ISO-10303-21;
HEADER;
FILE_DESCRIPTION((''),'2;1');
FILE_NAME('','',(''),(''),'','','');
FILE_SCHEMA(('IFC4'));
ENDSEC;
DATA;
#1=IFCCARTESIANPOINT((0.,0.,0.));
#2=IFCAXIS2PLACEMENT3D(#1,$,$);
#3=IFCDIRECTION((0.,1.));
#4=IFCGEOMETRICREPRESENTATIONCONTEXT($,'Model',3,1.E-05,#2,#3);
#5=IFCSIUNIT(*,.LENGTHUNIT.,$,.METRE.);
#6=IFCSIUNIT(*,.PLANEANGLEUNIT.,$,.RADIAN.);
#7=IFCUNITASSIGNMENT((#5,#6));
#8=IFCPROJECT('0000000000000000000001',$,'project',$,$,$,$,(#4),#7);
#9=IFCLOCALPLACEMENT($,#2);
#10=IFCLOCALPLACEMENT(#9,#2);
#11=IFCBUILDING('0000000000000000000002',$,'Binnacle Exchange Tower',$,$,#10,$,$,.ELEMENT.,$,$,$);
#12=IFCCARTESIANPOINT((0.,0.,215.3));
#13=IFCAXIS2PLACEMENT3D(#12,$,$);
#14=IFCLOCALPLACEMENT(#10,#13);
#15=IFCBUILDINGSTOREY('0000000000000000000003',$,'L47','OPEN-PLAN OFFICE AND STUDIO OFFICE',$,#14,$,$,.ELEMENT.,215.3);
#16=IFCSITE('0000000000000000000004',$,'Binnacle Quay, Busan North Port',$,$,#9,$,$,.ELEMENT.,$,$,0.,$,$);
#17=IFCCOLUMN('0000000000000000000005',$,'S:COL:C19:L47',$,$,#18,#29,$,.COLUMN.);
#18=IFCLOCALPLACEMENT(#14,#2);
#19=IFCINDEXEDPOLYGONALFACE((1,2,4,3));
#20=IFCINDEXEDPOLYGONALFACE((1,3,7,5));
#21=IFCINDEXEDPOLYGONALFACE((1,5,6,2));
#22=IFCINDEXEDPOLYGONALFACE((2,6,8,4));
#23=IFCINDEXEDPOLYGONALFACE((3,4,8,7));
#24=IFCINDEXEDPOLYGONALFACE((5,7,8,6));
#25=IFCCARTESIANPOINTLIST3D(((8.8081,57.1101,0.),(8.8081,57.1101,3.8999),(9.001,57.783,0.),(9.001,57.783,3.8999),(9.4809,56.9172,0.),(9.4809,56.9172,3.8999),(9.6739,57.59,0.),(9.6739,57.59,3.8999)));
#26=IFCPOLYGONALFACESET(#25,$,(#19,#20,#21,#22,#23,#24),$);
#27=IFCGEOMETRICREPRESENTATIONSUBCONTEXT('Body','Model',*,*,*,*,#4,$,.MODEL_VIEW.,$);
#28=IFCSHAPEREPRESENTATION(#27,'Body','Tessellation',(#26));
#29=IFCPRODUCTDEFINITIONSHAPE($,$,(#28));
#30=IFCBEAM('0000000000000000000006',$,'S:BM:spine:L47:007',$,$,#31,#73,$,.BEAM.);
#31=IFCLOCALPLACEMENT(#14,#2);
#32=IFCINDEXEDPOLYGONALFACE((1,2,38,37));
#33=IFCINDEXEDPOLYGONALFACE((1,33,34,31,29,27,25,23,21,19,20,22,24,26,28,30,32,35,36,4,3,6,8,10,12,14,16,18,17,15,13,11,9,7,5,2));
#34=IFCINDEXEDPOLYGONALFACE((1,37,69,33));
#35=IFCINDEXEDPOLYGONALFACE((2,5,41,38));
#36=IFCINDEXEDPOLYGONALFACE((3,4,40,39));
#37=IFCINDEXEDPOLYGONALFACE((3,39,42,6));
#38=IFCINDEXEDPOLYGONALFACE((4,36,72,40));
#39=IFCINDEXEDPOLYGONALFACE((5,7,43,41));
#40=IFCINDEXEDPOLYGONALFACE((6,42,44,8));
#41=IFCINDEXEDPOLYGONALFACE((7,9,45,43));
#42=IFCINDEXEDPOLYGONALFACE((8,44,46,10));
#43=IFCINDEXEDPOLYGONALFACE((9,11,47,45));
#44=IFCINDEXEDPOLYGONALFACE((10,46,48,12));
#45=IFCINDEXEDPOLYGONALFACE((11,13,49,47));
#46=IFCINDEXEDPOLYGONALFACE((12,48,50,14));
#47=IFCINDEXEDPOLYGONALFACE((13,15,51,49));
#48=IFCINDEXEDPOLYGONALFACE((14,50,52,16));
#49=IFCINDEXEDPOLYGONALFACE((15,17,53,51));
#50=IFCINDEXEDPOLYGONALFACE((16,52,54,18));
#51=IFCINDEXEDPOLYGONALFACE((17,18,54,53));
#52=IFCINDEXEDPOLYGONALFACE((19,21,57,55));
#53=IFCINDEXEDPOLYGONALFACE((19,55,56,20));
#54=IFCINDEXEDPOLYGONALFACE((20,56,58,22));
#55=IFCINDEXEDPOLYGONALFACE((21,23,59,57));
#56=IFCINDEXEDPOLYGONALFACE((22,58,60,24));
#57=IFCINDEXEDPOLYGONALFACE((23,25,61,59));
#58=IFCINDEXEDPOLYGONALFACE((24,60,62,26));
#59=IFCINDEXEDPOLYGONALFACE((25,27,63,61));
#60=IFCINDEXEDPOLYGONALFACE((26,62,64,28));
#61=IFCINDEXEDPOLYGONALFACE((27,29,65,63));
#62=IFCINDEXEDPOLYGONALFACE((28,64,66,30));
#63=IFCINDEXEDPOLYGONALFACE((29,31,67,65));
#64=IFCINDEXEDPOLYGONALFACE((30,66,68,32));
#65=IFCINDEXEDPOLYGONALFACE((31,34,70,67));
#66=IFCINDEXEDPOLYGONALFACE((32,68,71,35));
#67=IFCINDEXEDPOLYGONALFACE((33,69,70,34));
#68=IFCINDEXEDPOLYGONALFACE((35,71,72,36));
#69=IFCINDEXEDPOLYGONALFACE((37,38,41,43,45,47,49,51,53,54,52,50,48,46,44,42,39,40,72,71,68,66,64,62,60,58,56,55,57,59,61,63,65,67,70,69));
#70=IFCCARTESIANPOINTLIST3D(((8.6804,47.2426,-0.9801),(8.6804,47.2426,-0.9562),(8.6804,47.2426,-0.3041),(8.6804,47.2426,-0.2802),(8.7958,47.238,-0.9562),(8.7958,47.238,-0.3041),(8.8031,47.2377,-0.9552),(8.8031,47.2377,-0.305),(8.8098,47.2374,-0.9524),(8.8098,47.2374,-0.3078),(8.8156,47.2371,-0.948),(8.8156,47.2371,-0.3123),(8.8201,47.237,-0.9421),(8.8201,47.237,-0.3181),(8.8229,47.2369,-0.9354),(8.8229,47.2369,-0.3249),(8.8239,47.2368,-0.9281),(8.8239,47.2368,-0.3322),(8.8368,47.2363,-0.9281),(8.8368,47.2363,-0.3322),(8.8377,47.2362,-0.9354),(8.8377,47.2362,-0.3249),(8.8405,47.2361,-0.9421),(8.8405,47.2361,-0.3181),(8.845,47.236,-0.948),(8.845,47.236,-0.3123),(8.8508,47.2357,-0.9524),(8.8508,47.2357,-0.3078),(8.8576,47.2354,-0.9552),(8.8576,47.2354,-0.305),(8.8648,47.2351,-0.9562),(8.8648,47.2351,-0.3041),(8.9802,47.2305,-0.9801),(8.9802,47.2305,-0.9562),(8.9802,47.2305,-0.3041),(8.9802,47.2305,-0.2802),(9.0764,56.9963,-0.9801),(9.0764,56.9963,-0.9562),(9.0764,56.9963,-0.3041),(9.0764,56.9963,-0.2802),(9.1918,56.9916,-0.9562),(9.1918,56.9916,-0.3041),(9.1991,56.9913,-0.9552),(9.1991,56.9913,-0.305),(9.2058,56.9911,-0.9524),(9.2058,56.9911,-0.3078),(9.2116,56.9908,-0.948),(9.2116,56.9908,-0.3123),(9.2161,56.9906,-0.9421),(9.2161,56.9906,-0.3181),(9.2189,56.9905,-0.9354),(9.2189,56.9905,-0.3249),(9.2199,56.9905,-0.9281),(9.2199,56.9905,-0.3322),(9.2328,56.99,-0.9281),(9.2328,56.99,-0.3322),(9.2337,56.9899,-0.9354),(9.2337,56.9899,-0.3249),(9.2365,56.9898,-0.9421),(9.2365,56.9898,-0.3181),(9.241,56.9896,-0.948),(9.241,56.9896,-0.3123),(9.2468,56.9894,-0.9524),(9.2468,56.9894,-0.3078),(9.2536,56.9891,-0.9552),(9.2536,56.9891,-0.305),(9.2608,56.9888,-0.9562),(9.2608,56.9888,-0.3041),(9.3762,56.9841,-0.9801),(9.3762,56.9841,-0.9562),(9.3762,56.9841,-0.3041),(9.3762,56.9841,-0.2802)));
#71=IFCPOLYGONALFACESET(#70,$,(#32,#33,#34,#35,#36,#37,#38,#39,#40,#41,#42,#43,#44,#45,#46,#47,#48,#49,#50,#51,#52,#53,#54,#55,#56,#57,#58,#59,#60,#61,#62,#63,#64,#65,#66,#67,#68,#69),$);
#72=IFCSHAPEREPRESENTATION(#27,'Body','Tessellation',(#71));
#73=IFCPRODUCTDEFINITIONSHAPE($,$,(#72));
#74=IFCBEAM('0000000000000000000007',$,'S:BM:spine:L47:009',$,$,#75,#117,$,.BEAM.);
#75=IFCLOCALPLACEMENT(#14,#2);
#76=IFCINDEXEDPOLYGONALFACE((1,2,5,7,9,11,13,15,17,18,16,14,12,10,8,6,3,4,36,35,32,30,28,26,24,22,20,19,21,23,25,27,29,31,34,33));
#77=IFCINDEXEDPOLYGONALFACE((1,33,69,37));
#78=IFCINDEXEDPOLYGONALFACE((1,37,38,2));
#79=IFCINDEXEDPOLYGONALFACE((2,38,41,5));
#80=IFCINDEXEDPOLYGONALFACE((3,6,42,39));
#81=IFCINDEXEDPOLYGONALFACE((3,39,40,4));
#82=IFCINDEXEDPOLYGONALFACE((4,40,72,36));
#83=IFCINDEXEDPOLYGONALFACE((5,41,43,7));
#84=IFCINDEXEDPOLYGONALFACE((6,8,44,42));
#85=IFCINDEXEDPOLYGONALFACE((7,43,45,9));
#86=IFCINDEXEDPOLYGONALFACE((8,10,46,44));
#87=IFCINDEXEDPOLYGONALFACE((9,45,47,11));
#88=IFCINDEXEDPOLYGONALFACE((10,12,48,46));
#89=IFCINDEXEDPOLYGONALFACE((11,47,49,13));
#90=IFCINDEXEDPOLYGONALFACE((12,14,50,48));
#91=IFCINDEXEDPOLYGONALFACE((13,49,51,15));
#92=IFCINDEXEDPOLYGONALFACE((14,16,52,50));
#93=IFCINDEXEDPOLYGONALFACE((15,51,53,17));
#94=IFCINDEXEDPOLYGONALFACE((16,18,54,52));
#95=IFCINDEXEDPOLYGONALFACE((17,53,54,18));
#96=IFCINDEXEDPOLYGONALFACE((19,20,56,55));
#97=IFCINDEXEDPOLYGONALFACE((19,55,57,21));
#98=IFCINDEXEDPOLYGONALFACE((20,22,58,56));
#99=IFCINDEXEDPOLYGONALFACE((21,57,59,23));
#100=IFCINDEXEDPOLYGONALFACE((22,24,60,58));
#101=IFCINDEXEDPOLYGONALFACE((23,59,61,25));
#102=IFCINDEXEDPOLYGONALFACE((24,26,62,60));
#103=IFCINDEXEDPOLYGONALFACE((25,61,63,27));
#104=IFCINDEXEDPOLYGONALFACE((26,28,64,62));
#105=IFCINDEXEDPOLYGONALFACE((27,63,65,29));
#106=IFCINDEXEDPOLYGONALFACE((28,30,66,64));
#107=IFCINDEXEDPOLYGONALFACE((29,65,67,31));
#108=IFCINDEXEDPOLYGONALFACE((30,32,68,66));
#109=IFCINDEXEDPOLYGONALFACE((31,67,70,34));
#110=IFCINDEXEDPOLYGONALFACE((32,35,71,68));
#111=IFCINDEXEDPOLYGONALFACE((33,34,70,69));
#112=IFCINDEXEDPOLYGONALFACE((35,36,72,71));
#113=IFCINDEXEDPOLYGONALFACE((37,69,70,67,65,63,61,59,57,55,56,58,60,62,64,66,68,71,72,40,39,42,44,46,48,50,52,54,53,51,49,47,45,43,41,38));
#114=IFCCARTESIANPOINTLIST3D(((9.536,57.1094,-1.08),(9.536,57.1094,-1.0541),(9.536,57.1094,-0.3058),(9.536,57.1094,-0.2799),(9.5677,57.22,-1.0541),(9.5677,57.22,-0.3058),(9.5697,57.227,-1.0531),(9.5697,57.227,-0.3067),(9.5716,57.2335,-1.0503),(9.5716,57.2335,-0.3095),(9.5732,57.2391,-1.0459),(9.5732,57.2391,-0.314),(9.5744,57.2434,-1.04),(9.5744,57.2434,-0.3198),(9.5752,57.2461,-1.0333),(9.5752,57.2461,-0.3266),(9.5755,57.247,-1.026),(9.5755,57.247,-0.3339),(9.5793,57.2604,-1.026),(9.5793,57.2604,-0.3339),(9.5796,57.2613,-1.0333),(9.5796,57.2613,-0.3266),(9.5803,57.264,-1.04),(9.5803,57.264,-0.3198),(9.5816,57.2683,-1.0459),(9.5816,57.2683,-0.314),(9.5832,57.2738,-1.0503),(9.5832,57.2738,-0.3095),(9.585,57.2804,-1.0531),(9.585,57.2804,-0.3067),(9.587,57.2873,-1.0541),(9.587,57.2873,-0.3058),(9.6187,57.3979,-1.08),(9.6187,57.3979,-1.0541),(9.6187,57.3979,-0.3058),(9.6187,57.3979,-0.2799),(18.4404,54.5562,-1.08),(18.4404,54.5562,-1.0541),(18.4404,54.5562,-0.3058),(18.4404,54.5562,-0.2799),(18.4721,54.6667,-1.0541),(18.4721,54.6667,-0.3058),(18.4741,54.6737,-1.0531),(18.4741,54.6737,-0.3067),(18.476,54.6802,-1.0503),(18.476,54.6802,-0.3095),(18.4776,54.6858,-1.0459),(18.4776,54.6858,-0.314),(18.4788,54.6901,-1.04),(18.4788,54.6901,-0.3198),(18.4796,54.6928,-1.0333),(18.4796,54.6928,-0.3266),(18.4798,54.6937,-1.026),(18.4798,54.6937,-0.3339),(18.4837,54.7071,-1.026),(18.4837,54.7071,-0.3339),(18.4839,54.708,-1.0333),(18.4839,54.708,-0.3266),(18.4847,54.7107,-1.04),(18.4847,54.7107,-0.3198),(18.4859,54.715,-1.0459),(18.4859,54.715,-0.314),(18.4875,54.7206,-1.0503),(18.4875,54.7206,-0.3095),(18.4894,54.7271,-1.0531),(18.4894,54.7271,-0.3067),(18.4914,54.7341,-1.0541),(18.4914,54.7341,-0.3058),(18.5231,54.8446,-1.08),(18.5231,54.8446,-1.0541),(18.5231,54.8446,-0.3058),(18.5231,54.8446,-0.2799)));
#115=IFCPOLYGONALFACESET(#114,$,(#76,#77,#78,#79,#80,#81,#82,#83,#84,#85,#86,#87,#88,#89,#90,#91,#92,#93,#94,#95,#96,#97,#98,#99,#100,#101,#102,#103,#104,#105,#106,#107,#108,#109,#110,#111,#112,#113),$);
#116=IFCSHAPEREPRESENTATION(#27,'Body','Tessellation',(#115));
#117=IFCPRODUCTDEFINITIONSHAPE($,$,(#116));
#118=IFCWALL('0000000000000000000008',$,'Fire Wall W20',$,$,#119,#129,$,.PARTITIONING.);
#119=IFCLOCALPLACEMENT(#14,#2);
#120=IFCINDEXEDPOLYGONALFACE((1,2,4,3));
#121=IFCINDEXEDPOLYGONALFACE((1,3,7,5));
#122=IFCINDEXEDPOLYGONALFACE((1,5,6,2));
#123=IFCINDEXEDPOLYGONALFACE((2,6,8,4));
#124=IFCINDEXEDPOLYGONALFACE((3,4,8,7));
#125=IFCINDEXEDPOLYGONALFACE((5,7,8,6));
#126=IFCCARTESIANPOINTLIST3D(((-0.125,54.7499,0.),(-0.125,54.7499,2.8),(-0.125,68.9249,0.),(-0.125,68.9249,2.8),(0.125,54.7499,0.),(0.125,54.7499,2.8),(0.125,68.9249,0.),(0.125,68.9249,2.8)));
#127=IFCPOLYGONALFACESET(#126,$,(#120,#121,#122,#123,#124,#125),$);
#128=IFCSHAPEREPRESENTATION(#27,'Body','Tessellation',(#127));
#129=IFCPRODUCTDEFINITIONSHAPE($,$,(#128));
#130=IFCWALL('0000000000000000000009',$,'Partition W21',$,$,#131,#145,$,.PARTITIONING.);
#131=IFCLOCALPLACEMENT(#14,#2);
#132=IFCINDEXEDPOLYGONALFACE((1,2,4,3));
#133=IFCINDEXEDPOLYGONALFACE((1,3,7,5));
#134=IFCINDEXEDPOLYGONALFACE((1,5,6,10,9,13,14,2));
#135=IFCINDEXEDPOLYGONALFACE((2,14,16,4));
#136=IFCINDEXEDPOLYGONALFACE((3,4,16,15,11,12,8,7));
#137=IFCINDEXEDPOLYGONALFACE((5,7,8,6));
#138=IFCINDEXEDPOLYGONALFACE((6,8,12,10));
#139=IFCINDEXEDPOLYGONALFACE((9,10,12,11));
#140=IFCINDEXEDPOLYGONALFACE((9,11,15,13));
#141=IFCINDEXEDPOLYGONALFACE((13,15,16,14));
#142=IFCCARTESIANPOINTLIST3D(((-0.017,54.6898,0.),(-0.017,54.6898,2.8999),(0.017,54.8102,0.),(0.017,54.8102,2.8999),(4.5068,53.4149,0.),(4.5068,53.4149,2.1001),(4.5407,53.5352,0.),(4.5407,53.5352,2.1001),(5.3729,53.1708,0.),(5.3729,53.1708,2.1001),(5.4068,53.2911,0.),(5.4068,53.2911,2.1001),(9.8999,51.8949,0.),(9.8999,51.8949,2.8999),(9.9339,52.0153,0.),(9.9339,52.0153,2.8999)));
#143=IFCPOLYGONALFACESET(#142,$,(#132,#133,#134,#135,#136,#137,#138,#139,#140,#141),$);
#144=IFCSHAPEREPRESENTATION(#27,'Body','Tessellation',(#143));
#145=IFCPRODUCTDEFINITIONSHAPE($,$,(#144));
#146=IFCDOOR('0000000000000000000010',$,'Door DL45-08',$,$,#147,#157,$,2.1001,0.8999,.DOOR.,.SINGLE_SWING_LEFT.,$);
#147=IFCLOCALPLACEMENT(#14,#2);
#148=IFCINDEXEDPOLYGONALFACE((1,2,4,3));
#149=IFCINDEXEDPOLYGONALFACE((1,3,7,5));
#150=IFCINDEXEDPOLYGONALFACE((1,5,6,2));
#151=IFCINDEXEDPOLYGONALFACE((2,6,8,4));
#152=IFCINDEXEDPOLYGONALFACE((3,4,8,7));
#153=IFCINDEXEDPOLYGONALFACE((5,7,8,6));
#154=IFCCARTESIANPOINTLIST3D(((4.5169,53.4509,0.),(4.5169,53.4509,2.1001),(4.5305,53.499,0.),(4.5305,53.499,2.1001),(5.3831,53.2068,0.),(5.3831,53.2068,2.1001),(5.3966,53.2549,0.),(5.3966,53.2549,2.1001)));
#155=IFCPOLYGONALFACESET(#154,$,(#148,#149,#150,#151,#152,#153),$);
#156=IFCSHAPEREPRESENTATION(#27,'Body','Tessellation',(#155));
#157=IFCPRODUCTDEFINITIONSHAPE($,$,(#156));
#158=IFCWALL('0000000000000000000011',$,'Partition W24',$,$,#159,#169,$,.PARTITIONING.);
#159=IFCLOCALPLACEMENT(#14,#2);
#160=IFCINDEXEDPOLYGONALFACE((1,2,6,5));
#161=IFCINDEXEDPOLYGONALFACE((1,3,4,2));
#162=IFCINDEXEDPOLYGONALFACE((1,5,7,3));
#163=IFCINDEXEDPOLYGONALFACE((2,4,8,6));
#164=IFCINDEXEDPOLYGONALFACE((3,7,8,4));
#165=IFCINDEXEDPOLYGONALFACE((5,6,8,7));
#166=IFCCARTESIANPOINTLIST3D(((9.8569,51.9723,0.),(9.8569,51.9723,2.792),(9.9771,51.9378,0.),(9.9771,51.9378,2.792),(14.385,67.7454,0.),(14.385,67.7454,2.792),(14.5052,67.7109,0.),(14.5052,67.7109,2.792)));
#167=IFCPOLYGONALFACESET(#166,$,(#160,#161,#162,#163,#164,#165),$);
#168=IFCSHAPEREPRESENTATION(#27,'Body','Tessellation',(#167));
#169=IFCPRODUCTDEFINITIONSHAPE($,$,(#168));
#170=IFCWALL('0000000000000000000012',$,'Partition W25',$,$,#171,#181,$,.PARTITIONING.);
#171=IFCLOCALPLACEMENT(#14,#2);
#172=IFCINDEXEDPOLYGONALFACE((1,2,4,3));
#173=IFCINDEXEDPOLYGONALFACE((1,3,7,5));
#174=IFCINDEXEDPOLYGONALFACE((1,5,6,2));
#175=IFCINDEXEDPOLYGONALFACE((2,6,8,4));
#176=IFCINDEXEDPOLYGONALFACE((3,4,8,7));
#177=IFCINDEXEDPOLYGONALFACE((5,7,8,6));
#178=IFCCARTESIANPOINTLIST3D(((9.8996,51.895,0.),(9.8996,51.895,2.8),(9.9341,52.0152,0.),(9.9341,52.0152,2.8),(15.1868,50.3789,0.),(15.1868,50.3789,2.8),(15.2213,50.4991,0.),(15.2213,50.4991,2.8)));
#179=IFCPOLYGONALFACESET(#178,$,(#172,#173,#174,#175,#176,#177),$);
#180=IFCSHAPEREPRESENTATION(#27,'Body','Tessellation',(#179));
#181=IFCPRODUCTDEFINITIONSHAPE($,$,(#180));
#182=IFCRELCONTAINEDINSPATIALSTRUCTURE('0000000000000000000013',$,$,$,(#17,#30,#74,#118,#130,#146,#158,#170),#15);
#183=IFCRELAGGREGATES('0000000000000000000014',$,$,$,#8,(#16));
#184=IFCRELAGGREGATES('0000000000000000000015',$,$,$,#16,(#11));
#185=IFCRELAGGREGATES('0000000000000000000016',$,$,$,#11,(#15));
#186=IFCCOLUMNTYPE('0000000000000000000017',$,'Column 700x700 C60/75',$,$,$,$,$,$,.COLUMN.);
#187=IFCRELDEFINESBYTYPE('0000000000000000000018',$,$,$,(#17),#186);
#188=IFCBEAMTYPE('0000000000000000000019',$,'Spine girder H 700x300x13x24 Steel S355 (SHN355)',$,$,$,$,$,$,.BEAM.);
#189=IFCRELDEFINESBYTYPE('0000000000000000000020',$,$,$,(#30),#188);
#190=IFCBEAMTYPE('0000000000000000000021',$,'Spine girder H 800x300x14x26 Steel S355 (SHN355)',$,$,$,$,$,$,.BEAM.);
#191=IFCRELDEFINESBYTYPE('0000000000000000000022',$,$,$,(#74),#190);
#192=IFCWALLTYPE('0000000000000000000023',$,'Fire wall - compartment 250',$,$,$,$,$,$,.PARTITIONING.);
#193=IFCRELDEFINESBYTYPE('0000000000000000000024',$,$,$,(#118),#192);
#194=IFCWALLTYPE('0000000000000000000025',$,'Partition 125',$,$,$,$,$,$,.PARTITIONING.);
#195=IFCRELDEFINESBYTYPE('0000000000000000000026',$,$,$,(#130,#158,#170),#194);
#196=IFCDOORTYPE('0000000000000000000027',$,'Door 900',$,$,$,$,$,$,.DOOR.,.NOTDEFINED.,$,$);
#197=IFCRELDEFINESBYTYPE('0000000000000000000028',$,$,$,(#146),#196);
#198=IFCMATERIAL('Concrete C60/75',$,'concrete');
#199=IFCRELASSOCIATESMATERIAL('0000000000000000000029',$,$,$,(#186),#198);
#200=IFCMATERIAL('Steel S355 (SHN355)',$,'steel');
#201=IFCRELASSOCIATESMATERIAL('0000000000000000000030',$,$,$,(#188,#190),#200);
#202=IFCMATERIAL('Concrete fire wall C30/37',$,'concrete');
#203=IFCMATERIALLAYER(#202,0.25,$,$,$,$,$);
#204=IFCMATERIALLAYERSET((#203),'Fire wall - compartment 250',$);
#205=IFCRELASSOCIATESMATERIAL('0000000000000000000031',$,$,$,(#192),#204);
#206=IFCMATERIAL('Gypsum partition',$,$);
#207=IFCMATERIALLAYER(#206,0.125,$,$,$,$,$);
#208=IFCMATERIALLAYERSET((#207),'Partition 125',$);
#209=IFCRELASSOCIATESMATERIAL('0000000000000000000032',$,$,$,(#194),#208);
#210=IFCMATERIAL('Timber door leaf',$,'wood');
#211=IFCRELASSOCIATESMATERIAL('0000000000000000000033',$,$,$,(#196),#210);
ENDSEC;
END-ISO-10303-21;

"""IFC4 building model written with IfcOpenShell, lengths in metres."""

from ifc_helpers import new_model, si_unit, direction, frame, frame_2d, origin, origin_2d, place, context, subcontext, project, spatial, rectangle, i_section, extrude, material, layer, layer_set, material_profile, profile_set, type_object, element, fill, save


model = new_model("IFC4")

# Units and contexts
model_context = context("Model", 3, precision=1e-05, world=origin(), true_north=direction((0.0, 1.0)))
body_context = subcontext(model_context, "Body", "Model", "MODEL_VIEW")
ifc_project = project(units=[si_unit("LENGTHUNIT", "METRE"), si_unit("PLANEANGLEUNIT", "RADIAN")], contexts=[model_context])

# Site, building, storey
site_placement = place(None, origin())
site = spatial("IfcSite", under=ifc_project, at=site_placement, Name="Binnacle Quay, Busan North Port", CompositionType="ELEMENT", RefElevation=0.0)
building_placement = place(site_placement, origin())
building = spatial("IfcBuilding", under=site, at=building_placement, Name="Binnacle Exchange Tower", CompositionType="ELEMENT")
storey_placement = place(building_placement, frame((0.0, 0.0, 215.3)))
storey = spatial("IfcBuildingStorey", under=building, at=storey_placement, Name="L47", Description="OPEN-PLAN OFFICE AND STUDIO OFFICE", CompositionType="ELEMENT", Elevation=215.3)

# Column
ifc_material_1 = material(Name="Concrete C60/75", Category="concrete")
ifc_material_profile_1 = material_profile(ifc_material_1, rectangle(XDim=0.7, YDim=0.7, at=origin_2d()), Name="Column 700x700 C60/75")
ifc_profile_set_1 = profile_set([ifc_material_profile_1], Name="Concrete C60/75")
column_type = type_object("IfcColumnType", Name="Column 700x700 C60/75", PredefinedType="COLUMN", material=ifc_profile_set_1)
column_placement = place(storey_placement, frame((9.241, 57.3501, 0.0), z_axis=(0.0, 0.0, 1.0), x_axis=(0.961262, -0.275637, 0.0)))
element("IfcColumn", 1, at=column_placement, inside=storey, type_object=column_type, Name="S:COL:C19:L47", PredefinedType="COLUMN", context=body_context, shape_type="SweptSolid", body=[
    extrude(rectangle(XDim=0.7, YDim=0.7, at=origin_2d()), origin(), (0.0, 0.0, 1.0), 3.8999),
])

# Beams
ifc_material_2 = material(Name="Steel S355 (SHN355)", Category="steel")
ifc_material_profile_2 = material_profile(ifc_material_2, i_section(OverallWidth=0.3, OverallDepth=0.7, WebThickness=0.0129, FlangeThickness=0.0239, FilletRadius=0.0281, at=origin_2d()), Name="H 700x300x13x24")
ifc_profile_set_2 = profile_set([ifc_material_profile_2], Name="Steel S355 (SHN355)")
beam_type_1 = type_object("IfcBeamType", Name="Spine girder H 700x300x13x24 Steel S355 (SHN355)", PredefinedType="BEAM", material=ifc_profile_set_2)
beam_1_placement = place(storey_placement, frame((9.2263, 56.9902, -0.6301), z_axis=(-0.040566, -0.999177, 0.0), x_axis=(0.999177, -0.040566, 0.0)))
element("IfcBeam", 2, at=beam_1_placement, inside=storey, type_object=beam_type_1, Name="S:BM:spine:L47:007", PredefinedType="BEAM", context=body_context, shape_type="SweptSolid", body=[
    extrude(i_section(OverallWidth=0.3, OverallDepth=0.7, WebThickness=0.0129, FlangeThickness=0.0239, FilletRadius=0.0281, at=origin_2d()), origin(), (0.0, 0.0, 1.0), 9.7617),
])
ifc_material_profile_3 = material_profile(ifc_material_2, i_section(OverallWidth=0.3, OverallDepth=0.8, WebThickness=0.0139, FlangeThickness=0.0259, FilletRadius=0.0281, at=origin_2d()), Name="H 800x300x14x26")
ifc_profile_set_3 = profile_set([ifc_material_profile_3], Name="Steel S355 (SHN355)")
beam_type_2 = type_object("IfcBeamType", Name="Spine girder H 800x300x14x26 Steel S355 (SHN355)", PredefinedType="BEAM", material=ifc_profile_set_3)
beam_2_placement = place(storey_placement, frame((9.5774, 57.2537, -0.6799), z_axis=(0.961263, -0.275633, 0.0), x_axis=(0.275633, 0.961263, 0.0)))
element("IfcBeam", 3, at=beam_2_placement, inside=storey, type_object=beam_type_2, Name="S:BM:spine:L47:009", PredefinedType="BEAM", context=body_context, shape_type="SweptSolid", body=[
    extrude(i_section(OverallWidth=0.3, OverallDepth=0.8, WebThickness=0.0139, FlangeThickness=0.0259, FilletRadius=0.0281, at=origin_2d()), origin(), (0.0, 0.0, 1.0), 9.2632),
])

# Wall
ifc_material_3 = material(Name="Concrete fire wall C30/37", Category="concrete")
ifc_layer_1 = layer(ifc_material_3, 0.25)
ifc_layer_set_1 = layer_set([ifc_layer_1], Name="Fire wall - compartment 250")
wall_type_1 = type_object("IfcWallType", Name="Fire wall - compartment 250", PredefinedType="PARTITIONING", material=ifc_layer_set_1)
wall_1_placement = place(storey_placement, frame((0.0, 54.75, 0.0), z_axis=(0.0, 0.0, 1.0), x_axis=(0.0, 1.0, 0.0)))
element("IfcWall", 4, at=wall_1_placement, inside=storey, type_object=wall_type_1, Name="Fire Wall W20", PredefinedType="PARTITIONING", context=body_context, shape_type="SweptSolid", body=[
    extrude(rectangle(XDim=14.175, YDim=0.25, at=frame_2d((7.0874, 0.0))), origin(), (0.0, 0.0, 1.0), 2.8),
])

# Wall, opening, door
ifc_material_4 = material(Name="Gypsum partition")
ifc_layer_2 = layer(ifc_material_4, 0.125)
ifc_layer_set_2 = layer_set([ifc_layer_2], Name="Partition 125")
wall_type_2 = type_object("IfcWallType", Name="Partition 125", PredefinedType="PARTITIONING", material=ifc_layer_set_2)
wall_2_placement = place(storey_placement, frame((0.0, 54.75, 0.0), z_axis=(0.0, 0.0, 1.0), x_axis=(0.962505, -0.271264, 0.0)))
wall_2 = element("IfcWall", 5, at=wall_2_placement, inside=storey, type_object=wall_type_2, Name="Partition W21", PredefinedType="PARTITIONING", context=body_context, shape_type="SweptSolid", body=[
    extrude(rectangle(XDim=10.3032, YDim=0.125, at=frame_2d((5.1516, 0.0))), origin(), (0.0, 0.0, 1.0), 2.8999),
])
opening_placement = place(wall_2_placement, frame((4.7, 0.0, 0.0)))
opening = element("IfcOpeningElement", 6, at=opening_placement, cuts=wall_2, PredefinedType="OPENING", context=body_context, shape_type="SweptSolid", body=[
    extrude(rectangle(XDim=0.8999, YDim=2.1001, at=frame_2d((0.45, 1.05))), frame((0.0, 0.0725, 0.0), z_axis=(0.0, -1.0, 0.0), x_axis=(1.0, 0.0, 0.0)), (0.0, 0.0, 1.0), 0.145),
])
ifc_material_5 = material(Name="Timber door leaf", Category="wood")
door_type = type_object("IfcDoorType", Name="Door 900", OperationType="NOTDEFINED", PredefinedType="DOOR", material=ifc_material_5)
door_placement = place(opening_placement, origin())
door = element("IfcDoor", 7, at=door_placement, inside=storey, type_object=door_type, Name="Door DL45-08", OperationType="SINGLE_SWING_LEFT", OverallHeight=2.1001, OverallWidth=0.8999, PredefinedType="DOOR", context=body_context, shape_type="SweptSolid", body=[
    extrude(rectangle(XDim=0.8999, YDim=2.1001, at=frame_2d((0.45, 1.05))), frame((0.0, 0.0249, 0.0), z_axis=(0.0, -1.0, 0.0), x_axis=(1.0, 0.0, 0.0)), (0.0, 0.0, 1.0), 0.05),
])
fill(opening, door)

# Walls
wall_3_placement = place(storey_placement, frame((9.917, 51.9551, 0.0), z_axis=(0.0, 0.0, 1.0), x_axis=(0.275933, 0.961177, 0.0)))
element("IfcWall", 8, at=wall_3_placement, inside=storey, type_object=wall_type_2, Name="Partition W24", PredefinedType="PARTITIONING", context=body_context, shape_type="SweptSolid", body=[
    extrude(rectangle(XDim=16.4102, YDim=0.125, at=frame_2d((8.2051, 0.0))), origin(), (0.0, 0.0, 1.0), 2.792),
])
wall_4_placement = place(storey_placement, frame((9.917, 51.9551, 0.0), z_axis=(0.0, 0.0, 1.0), x_axis=(0.961259, -0.275647, 0.0)))
element("IfcWall", 9, at=wall_4_placement, inside=storey, type_object=wall_type_2, Name="Partition W25", PredefinedType="PARTITIONING", context=body_context, shape_type="SweptSolid", body=[
    extrude(rectangle(XDim=5.5002, YDim=0.125, at=frame_2d((2.75, 0.0))), origin(), (0.0, 0.0, 1.0), 2.8),
])

save(model, "model.ifc")
